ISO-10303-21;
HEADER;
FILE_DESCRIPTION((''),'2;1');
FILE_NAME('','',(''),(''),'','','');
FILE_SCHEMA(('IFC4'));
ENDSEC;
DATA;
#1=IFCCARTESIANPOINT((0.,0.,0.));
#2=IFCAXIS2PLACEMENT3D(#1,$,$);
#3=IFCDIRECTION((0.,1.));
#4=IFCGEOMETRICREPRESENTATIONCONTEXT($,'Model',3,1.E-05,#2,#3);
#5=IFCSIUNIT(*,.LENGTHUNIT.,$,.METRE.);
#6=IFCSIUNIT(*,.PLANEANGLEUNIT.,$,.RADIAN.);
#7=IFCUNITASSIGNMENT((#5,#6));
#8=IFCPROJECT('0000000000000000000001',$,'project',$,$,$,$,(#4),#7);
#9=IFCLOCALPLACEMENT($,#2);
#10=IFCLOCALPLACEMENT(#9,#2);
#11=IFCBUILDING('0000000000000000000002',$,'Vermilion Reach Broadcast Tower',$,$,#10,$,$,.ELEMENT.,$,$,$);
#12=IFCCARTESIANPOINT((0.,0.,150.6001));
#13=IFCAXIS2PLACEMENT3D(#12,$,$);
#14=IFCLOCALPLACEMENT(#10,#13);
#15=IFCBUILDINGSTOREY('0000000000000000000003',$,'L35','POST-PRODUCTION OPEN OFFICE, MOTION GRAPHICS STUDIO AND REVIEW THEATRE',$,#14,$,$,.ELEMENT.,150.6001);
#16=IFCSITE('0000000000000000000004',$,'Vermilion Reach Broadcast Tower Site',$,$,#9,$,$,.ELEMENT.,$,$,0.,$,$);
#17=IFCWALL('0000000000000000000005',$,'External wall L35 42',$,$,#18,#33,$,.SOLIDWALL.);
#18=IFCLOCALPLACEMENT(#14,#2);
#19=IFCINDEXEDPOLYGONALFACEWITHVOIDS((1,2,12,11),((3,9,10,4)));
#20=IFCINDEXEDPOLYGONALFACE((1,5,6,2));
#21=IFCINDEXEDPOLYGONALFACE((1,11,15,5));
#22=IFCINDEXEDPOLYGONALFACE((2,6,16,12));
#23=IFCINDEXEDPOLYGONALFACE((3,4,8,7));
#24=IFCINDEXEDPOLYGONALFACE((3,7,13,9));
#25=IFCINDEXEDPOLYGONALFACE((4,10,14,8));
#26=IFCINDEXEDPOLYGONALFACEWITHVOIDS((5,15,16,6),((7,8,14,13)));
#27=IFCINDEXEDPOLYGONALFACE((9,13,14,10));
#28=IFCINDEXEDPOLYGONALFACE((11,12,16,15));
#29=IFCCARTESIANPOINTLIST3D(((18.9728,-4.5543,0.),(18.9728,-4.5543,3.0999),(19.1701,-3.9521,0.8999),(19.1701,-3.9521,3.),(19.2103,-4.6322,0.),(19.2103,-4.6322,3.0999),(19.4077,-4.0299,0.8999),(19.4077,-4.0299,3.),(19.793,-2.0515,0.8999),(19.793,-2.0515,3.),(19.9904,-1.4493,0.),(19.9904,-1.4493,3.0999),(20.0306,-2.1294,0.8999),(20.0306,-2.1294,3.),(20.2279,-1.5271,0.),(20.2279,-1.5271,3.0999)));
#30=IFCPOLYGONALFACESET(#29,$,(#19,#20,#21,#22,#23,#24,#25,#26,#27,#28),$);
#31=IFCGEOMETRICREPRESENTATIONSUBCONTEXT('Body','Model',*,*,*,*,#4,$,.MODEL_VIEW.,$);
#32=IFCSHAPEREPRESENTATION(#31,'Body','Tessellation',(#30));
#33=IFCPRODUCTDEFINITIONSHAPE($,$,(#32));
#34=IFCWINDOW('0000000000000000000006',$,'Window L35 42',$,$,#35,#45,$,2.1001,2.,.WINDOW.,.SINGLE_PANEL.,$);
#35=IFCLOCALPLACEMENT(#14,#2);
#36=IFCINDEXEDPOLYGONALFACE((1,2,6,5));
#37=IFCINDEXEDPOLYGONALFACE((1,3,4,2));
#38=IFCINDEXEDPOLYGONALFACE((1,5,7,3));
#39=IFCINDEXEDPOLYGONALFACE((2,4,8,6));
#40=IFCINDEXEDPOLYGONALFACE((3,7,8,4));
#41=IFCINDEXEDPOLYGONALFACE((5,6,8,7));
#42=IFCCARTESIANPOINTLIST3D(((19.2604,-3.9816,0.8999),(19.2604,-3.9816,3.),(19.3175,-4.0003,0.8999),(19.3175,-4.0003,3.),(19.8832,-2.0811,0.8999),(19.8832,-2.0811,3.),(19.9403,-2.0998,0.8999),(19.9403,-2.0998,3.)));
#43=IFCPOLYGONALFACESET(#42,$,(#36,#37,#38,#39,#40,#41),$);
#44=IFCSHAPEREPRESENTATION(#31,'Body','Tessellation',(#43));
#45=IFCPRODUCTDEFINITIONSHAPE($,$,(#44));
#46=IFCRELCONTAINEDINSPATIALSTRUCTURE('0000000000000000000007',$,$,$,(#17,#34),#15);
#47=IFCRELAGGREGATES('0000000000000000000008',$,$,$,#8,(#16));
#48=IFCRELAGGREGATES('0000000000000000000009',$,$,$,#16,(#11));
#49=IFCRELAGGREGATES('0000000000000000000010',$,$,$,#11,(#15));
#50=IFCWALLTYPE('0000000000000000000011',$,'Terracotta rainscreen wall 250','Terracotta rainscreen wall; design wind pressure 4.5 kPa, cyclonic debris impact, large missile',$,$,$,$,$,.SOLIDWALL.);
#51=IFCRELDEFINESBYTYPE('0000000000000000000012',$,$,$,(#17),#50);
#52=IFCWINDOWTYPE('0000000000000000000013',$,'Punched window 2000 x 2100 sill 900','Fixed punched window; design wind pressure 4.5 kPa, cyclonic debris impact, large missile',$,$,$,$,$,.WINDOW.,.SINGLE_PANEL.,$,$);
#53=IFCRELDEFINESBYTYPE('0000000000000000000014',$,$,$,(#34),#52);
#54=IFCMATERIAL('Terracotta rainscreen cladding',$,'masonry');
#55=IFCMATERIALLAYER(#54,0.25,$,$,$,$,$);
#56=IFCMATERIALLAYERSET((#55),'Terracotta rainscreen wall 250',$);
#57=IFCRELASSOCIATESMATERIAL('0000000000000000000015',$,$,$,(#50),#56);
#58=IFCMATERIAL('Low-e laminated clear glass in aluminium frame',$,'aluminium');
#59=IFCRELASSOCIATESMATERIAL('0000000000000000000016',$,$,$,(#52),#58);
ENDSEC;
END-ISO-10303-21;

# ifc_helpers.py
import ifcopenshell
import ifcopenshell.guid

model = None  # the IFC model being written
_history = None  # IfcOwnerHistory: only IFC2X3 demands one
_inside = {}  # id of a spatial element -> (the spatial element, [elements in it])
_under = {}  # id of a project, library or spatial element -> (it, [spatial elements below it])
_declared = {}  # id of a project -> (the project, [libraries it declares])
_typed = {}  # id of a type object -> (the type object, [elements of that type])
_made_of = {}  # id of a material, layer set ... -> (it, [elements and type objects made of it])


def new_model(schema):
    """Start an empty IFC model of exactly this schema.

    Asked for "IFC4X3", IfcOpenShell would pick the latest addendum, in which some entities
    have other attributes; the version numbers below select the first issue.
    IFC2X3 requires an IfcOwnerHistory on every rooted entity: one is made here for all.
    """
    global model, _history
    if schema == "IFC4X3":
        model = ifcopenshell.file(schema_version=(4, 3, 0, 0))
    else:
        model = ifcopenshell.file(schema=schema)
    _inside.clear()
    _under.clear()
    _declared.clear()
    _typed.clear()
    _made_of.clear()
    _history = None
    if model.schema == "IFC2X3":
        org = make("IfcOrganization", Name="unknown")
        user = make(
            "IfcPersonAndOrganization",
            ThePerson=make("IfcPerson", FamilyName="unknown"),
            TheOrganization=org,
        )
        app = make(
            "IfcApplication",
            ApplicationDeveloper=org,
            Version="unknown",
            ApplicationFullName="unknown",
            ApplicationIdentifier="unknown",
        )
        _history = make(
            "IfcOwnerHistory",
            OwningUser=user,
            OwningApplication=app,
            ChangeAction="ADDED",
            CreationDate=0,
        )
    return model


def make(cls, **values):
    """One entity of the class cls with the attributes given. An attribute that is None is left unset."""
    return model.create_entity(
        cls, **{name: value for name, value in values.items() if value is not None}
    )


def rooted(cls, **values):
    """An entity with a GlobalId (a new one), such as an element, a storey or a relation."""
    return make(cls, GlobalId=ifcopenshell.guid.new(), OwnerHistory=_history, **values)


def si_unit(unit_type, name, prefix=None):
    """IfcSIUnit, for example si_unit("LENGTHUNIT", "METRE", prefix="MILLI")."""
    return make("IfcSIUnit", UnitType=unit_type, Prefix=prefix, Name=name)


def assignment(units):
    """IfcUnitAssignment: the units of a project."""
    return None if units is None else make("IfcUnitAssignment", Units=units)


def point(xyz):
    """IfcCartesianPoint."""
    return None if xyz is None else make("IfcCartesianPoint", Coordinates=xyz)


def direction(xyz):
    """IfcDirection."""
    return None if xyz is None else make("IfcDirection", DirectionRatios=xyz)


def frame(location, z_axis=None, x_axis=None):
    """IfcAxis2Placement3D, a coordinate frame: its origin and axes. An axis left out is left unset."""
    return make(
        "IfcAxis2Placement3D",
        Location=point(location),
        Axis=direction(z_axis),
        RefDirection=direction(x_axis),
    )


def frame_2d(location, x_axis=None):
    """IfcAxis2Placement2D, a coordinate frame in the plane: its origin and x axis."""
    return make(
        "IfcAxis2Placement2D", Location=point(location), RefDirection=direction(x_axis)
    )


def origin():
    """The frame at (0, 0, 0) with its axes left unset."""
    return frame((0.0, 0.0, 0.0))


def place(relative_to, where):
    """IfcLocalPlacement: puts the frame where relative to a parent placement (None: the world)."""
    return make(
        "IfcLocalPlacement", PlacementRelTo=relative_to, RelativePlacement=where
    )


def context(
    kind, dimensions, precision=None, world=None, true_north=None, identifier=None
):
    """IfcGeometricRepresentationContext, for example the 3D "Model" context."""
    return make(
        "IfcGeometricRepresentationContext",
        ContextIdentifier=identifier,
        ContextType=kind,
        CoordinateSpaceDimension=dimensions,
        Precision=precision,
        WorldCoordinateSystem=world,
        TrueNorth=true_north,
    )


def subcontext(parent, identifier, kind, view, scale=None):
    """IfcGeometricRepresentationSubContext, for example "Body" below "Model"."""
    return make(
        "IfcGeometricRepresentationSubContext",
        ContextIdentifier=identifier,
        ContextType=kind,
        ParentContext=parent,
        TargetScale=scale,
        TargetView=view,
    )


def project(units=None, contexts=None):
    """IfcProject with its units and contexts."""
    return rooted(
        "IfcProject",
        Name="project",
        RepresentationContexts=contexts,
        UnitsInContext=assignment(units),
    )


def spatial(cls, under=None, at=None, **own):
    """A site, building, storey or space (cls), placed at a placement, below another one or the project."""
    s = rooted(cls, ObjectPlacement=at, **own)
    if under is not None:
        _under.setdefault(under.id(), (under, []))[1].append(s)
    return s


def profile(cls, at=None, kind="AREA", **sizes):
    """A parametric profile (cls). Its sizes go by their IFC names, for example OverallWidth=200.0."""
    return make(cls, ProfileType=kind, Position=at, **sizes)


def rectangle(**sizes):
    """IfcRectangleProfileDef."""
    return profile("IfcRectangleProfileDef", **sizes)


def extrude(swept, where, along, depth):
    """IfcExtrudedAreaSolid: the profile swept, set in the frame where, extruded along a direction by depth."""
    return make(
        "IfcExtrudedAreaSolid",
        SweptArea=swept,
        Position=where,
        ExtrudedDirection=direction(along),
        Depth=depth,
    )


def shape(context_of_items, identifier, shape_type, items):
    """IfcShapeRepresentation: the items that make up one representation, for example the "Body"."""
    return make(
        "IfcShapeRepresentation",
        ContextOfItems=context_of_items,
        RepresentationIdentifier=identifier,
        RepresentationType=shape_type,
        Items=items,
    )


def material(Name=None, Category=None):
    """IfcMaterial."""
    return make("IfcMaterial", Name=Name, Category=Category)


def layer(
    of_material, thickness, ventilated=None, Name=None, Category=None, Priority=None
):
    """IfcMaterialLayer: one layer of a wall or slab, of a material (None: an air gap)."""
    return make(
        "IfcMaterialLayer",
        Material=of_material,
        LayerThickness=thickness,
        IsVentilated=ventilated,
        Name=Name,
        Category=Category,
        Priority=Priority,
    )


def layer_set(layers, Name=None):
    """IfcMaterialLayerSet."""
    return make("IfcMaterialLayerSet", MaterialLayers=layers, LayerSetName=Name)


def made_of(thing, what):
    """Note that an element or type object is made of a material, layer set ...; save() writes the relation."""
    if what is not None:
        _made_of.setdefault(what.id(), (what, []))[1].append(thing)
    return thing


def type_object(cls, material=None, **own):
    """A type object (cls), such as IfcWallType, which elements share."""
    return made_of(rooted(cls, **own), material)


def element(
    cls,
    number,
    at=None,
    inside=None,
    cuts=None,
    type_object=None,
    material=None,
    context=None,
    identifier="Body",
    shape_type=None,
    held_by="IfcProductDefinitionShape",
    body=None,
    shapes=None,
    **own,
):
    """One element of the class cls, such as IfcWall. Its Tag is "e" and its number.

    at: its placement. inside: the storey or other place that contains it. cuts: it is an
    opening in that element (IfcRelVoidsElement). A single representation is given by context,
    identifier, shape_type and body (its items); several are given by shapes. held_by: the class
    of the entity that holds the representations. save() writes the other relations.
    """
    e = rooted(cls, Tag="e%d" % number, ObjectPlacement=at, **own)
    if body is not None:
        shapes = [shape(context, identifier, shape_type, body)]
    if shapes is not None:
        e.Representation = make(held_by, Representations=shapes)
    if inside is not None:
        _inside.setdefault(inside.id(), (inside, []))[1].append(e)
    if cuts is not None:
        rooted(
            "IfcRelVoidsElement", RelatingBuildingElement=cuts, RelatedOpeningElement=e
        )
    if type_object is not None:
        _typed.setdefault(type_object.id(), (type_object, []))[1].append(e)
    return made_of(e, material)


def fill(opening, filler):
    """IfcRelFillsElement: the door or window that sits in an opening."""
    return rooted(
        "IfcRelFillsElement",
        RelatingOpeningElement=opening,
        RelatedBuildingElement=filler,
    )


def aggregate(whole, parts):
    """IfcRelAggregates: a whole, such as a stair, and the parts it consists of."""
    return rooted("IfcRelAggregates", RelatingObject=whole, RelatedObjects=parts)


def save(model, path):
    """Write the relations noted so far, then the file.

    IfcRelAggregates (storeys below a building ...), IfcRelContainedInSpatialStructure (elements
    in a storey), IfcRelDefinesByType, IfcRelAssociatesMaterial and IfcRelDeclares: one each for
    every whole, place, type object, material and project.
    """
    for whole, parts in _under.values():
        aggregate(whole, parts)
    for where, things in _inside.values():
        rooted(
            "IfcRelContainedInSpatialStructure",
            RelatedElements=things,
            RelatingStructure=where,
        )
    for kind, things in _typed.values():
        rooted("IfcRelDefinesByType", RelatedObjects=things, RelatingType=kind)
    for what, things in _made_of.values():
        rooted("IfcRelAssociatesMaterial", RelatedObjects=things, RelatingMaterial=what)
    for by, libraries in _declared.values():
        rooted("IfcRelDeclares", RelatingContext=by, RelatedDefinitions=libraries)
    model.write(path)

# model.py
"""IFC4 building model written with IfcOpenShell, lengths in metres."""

from ifc_helpers import new_model, si_unit, direction, frame, frame_2d, origin, place, context, subcontext, project, spatial, rectangle, extrude, material, layer, layer_set, type_object, element, fill, save


model = new_model("IFC4")

# Units and contexts
model_context = context("Model", 3, precision=1e-05, world=origin(), true_north=direction((0.0, 1.0)))
body_context = subcontext(model_context, "Body", "Model", "MODEL_VIEW")
ifc_project = project(units=[si_unit("LENGTHUNIT", "METRE"), si_unit("PLANEANGLEUNIT", "RADIAN")], contexts=[model_context])

# Site, building, storey
site_placement = place(None, origin())
site = spatial("IfcSite", under=ifc_project, at=site_placement, Name="Vermilion Reach Broadcast Tower Site", CompositionType="ELEMENT", RefElevation=0.0)
building_placement = place(site_placement, origin())
building = spatial("IfcBuilding", under=site, at=building_placement, Name="Vermilion Reach Broadcast Tower", CompositionType="ELEMENT")
storey_placement = place(building_placement, frame((0.0, 0.0, 150.6001)))
storey = spatial("IfcBuildingStorey", under=building, at=storey_placement, Name="L35", Description="POST-PRODUCTION OPEN OFFICE, MOTION GRAPHICS STUDIO AND REVIEW THEATRE", CompositionType="ELEMENT", Elevation=150.6001)

# Wall, opening, window
ifc_material_1 = material(Name="Terracotta rainscreen cladding", Category="masonry")
ifc_layer_1 = layer(ifc_material_1, 0.25)
ifc_layer_set_1 = layer_set([ifc_layer_1], Name="Terracotta rainscreen wall 250")
wall_type_1 = type_object("IfcWallType", Name="Terracotta rainscreen wall 250", Description="Terracotta rainscreen wall; design wind pressure 4.5 kPa, cyclonic debris impact, large missile", PredefinedType="SOLIDWALL", material=ifc_layer_set_1)
ifc_material_2 = material(Name="Low-e laminated clear glass in aluminium frame", Category="aluminium")
window_type = type_object("IfcWindowType", Name="Punched window 2000 x 2100 sill 900", Description="Fixed punched window; design wind pressure 4.5 kPa, cyclonic debris impact, large missile", PartitioningType="SINGLE_PANEL", PredefinedType="WINDOW", material=ifc_material_2)
wall_1_placement = place(storey_placement, frame((19.0916, -4.5933, 0.0), z_axis=(0.0, 0.0, 1.0), x_axis=(0.311427, 0.95027, 0.0)))
wall_1 = element("IfcWall", 1, at=wall_1_placement, inside=storey, type_object=wall_type_1, Name="External wall L35 42", PredefinedType="SOLIDWALL", context=body_context, shape_type="SweptSolid", body=[
    extrude(rectangle(XDim=3.2676, YDim=0.25, at=frame_2d((1.6338, 0.0))), origin(), (0.0, 0.0, 1.0), 3.0999),
])
opening_1_placement = place(wall_1_placement, frame((0.6338, 0.0, 0.8999)))
opening_1 = element("IfcOpeningElement", 2, at=opening_1_placement, cuts=wall_1, PredefinedType="OPENING", context=body_context, shape_type="SweptSolid", body=[
    extrude(rectangle(XDim=2.0, YDim=2.1001, at=frame_2d((1.0, 1.05))), frame((0.0, 0.135, 0.0), z_axis=(0.0, -1.0, 0.0), x_axis=(1.0, 0.0, 0.0)), (0.0, 0.0, 1.0), 0.27),
])
window_1_placement = place(opening_1_placement, origin())
window_1 = element("IfcWindow", 3, at=window_1_placement, inside=storey, type_object=window_type, Name="Window L35 42", OverallHeight=2.1001, OverallWidth=2.0, PartitioningType="SINGLE_PANEL", PredefinedType="WINDOW", context=body_context, shape_type="SweptSolid", body=[
    extrude(rectangle(XDim=2.0, YDim=2.1001, at=frame_2d((1.0, 1.05))), frame((0.0, 0.03, 0.0), z_axis=(0.0, -1.0, 0.0), x_axis=(1.0, 0.0, 0.0)), (0.0, 0.0, 1.0), 0.0601),
])
fill(opening_1, window_1)

save(model, "model.ifc")
